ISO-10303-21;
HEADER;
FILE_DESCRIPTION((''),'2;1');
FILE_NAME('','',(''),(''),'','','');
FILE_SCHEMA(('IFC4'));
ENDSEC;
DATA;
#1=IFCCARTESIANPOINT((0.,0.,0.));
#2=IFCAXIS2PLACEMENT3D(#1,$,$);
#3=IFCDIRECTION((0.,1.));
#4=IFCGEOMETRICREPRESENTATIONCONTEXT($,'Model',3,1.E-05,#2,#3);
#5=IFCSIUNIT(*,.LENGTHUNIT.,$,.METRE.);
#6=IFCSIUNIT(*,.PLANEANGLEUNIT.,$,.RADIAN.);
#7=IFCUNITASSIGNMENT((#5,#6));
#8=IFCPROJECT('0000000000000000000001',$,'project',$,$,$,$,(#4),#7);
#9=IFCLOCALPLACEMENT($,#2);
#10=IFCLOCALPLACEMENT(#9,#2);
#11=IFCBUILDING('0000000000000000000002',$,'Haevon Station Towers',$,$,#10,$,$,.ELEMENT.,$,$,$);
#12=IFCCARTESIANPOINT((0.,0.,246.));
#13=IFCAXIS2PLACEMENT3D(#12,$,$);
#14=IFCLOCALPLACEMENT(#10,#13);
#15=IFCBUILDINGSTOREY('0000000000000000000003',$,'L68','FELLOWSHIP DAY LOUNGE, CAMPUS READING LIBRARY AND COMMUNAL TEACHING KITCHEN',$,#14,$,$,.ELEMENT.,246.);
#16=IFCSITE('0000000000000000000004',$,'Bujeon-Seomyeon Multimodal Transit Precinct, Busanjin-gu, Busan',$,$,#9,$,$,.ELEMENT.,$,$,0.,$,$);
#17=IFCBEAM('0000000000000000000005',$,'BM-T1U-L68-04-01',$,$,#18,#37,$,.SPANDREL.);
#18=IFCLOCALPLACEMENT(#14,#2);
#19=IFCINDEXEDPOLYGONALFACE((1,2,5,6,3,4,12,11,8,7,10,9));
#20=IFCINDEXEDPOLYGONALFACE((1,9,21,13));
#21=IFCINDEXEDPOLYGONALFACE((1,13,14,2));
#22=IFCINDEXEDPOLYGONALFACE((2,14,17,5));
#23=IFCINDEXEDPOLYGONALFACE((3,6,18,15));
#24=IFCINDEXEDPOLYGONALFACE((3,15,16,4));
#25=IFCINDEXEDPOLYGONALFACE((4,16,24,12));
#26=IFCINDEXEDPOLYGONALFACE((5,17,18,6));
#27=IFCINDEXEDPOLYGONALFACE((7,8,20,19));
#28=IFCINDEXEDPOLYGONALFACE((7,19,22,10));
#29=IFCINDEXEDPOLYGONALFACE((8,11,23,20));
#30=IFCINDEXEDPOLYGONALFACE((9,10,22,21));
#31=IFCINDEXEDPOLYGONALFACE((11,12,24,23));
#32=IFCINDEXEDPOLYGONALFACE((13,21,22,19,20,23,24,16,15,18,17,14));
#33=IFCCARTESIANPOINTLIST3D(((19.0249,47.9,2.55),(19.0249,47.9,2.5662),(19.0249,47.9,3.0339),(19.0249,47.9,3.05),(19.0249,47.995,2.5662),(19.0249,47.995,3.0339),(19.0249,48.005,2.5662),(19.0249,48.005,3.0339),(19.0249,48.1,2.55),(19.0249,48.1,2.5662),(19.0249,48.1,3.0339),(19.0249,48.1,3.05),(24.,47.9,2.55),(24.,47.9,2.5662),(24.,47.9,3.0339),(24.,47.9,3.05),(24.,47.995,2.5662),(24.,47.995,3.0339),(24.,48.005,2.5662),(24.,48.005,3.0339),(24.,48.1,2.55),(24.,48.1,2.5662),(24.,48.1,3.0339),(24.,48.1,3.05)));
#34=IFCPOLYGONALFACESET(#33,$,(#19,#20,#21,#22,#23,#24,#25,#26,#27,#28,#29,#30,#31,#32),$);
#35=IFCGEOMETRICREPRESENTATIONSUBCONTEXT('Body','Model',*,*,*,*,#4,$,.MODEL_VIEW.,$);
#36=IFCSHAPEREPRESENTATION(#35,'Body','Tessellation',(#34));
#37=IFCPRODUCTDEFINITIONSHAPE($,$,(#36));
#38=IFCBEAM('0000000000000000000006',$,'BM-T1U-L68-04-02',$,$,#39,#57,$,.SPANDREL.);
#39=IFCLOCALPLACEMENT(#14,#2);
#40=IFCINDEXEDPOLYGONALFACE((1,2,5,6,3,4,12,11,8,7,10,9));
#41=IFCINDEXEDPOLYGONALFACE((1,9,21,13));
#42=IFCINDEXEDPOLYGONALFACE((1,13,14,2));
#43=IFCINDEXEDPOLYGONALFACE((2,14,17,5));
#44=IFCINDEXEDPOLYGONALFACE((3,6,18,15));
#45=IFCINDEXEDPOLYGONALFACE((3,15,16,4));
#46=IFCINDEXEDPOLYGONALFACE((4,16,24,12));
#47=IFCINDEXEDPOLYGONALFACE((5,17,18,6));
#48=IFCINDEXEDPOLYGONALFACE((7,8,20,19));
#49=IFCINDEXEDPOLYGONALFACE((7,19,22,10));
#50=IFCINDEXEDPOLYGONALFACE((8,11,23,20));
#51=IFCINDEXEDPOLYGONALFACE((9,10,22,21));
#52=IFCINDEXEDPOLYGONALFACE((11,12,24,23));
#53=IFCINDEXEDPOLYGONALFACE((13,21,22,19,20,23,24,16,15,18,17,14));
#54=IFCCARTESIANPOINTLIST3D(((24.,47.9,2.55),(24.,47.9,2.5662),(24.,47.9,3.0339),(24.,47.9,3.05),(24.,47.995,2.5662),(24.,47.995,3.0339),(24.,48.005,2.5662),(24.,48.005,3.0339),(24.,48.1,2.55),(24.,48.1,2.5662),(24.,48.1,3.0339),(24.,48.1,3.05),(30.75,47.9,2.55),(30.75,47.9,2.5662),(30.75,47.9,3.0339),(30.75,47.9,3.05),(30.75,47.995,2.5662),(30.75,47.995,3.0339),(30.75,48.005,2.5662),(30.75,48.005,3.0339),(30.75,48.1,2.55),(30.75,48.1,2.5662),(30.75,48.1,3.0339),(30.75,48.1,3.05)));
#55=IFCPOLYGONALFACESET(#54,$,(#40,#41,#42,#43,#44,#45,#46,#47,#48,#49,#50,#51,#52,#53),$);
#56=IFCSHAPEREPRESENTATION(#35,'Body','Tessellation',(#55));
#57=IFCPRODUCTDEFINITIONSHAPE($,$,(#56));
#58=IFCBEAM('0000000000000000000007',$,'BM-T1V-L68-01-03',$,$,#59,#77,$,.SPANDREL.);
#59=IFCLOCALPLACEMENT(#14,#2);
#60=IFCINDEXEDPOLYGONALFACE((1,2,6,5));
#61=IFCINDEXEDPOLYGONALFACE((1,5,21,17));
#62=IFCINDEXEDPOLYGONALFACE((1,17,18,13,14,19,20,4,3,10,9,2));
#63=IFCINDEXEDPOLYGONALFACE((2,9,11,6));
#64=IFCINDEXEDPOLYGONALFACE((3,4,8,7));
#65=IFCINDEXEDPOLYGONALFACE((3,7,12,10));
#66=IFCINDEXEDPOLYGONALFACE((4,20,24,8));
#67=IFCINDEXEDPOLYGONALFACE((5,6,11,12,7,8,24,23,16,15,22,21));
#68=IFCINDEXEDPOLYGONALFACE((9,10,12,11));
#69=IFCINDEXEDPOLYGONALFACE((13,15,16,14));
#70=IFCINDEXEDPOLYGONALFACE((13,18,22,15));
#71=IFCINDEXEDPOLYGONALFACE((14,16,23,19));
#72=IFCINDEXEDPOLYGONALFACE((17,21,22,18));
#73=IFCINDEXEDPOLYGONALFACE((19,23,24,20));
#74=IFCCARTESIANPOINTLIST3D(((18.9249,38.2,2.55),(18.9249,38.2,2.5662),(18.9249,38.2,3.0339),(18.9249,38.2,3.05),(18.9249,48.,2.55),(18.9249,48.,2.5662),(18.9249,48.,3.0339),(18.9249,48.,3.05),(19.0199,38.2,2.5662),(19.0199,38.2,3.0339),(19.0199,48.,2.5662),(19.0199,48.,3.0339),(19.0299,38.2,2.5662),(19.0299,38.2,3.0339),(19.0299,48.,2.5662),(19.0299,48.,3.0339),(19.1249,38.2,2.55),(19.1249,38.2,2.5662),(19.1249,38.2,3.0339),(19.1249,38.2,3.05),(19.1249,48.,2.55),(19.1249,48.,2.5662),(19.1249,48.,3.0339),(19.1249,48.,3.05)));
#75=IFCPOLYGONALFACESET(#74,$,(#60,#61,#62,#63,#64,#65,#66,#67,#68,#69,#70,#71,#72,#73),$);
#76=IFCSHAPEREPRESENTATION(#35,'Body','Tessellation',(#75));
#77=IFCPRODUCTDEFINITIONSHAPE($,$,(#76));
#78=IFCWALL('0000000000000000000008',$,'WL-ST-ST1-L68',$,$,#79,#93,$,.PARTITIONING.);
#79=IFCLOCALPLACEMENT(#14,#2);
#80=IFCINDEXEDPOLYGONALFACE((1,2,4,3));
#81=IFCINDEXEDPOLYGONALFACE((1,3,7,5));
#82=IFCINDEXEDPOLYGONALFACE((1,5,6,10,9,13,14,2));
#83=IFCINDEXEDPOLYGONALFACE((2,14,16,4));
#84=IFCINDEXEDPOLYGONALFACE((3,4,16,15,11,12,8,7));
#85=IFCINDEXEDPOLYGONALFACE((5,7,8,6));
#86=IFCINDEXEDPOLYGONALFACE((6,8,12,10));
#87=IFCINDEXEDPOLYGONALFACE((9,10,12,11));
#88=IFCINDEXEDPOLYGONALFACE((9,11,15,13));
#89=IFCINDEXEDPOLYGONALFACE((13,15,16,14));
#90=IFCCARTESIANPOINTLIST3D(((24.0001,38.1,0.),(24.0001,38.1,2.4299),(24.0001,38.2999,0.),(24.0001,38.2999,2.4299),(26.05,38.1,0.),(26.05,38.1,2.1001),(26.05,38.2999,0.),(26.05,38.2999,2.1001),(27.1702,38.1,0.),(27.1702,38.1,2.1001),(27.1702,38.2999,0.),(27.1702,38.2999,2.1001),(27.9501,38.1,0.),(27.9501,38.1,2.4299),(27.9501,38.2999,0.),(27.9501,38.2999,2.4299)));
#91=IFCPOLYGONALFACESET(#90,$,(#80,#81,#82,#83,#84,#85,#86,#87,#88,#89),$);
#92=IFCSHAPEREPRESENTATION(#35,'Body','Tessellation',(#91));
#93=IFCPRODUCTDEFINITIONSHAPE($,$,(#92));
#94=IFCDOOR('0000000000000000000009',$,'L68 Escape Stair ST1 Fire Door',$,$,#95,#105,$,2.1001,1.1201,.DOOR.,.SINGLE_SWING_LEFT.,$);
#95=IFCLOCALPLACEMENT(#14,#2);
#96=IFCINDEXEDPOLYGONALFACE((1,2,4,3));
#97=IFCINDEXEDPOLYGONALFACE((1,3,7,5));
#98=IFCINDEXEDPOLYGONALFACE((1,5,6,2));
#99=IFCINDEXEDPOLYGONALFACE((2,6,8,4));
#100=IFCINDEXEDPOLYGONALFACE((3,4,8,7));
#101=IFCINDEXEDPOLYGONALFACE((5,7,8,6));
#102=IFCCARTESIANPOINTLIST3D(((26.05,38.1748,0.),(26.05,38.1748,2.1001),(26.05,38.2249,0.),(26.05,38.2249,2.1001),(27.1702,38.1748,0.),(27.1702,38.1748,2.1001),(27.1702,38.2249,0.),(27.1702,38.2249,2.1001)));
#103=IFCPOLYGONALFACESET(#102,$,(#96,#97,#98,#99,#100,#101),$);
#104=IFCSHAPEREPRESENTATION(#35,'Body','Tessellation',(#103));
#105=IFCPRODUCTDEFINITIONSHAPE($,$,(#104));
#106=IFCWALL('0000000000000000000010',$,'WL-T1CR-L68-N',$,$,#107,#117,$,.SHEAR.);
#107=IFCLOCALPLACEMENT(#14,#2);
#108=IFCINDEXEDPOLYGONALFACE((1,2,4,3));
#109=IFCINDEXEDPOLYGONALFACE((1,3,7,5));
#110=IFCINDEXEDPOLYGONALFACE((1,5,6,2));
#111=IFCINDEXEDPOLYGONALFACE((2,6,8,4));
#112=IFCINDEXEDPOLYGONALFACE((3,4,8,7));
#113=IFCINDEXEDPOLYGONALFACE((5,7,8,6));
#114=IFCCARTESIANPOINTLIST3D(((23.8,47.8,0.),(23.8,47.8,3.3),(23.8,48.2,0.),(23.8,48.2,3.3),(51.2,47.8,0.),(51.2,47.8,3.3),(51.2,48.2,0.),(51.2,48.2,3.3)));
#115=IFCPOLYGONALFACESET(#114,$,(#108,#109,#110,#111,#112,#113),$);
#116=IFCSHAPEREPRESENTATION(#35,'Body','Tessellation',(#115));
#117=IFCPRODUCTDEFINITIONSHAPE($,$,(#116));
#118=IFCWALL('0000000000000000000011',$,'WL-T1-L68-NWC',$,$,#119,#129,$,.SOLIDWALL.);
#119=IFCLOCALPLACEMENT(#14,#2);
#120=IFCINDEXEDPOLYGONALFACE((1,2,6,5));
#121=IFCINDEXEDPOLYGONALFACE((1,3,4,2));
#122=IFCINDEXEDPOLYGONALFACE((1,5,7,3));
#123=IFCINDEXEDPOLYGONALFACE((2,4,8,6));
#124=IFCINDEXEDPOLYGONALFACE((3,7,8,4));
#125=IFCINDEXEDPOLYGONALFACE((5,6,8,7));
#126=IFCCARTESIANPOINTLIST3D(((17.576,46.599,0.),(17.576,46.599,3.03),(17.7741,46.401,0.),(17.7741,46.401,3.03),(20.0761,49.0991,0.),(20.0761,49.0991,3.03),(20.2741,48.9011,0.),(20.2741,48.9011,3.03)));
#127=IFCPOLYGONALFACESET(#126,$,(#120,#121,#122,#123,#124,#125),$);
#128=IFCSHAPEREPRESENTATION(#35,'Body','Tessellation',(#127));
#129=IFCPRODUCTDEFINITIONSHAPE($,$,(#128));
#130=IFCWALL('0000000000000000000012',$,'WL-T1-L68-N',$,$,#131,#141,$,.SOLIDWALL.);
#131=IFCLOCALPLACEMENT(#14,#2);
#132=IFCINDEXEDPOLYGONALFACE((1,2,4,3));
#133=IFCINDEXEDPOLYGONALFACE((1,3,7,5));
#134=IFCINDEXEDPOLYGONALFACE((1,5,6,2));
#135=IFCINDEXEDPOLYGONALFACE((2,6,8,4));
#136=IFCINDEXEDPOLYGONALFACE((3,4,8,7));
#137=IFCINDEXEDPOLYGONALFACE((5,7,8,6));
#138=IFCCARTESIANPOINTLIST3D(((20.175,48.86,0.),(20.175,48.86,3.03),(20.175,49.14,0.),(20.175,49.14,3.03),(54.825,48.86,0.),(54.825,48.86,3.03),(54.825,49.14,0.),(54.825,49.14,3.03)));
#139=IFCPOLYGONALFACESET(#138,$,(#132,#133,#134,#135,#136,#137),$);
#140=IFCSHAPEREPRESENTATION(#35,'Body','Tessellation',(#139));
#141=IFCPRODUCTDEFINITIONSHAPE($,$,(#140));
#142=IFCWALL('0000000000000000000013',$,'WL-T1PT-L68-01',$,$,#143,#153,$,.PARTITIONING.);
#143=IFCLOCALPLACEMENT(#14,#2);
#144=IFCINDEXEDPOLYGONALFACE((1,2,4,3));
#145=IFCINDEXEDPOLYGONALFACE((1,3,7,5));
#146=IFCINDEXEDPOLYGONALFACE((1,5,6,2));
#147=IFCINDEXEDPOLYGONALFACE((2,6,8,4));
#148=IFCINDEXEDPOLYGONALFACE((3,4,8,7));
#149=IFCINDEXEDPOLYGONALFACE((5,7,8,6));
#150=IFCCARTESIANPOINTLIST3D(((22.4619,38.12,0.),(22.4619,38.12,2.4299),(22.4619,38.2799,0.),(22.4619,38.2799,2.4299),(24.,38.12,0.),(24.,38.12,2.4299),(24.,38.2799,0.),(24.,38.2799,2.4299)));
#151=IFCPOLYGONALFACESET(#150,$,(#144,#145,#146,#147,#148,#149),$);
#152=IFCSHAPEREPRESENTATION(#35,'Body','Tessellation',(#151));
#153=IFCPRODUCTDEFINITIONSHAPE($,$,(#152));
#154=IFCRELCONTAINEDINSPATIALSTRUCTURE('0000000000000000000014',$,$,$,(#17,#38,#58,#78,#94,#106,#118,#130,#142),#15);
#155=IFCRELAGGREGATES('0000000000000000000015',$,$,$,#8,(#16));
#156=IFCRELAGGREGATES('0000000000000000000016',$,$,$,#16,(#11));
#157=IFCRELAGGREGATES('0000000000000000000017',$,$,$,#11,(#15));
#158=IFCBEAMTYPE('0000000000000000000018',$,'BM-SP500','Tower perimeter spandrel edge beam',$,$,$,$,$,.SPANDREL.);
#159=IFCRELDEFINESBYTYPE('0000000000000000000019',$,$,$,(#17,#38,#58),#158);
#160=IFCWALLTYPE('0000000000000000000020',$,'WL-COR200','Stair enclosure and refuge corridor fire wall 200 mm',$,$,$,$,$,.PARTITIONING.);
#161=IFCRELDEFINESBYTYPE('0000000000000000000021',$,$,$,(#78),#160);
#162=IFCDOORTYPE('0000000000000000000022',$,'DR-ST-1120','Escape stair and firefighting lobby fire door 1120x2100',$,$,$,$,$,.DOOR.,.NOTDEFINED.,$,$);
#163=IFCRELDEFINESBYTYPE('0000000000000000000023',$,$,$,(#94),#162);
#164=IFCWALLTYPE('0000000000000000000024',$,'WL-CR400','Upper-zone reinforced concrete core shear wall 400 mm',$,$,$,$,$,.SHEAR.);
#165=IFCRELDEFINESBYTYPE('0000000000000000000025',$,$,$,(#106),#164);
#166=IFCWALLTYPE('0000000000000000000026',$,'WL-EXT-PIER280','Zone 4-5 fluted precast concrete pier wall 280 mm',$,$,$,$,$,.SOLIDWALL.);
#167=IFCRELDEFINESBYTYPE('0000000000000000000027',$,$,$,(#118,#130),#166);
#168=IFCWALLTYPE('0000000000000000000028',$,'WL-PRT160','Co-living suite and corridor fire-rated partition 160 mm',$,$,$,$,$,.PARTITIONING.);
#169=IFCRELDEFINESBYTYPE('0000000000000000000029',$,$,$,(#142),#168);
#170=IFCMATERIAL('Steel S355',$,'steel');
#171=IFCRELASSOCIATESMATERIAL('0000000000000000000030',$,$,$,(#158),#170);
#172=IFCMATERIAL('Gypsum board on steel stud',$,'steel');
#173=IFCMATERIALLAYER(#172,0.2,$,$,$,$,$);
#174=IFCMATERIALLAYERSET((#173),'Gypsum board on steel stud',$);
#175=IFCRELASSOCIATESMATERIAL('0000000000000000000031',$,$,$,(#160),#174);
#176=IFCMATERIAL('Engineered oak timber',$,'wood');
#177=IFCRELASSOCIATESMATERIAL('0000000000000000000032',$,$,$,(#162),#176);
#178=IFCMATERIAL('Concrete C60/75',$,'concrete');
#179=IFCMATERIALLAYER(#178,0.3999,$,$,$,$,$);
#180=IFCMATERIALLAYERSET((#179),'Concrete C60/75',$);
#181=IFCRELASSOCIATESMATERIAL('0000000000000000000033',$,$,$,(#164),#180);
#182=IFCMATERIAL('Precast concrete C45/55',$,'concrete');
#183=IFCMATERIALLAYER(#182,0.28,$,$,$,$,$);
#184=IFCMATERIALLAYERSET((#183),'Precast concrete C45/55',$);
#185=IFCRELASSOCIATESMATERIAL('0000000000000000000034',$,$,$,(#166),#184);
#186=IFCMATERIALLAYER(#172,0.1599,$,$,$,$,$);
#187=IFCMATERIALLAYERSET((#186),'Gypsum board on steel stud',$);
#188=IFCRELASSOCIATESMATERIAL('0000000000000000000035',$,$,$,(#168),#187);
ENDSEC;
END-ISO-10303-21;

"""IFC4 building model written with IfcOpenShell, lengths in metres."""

from ifc_helpers import new_model, si_unit, direction, frame, frame_2d, origin, origin_2d, place, context, subcontext, project, spatial, rectangle, i_section, extrude, material, layer, layer_set, material_profile, profile_set, type_object, element, fill, save


model = new_model("IFC4")

# Units and contexts
model_context = context("Model", 3, precision=1e-05, world=origin(), true_north=direction((0.0, 1.0)))
body_context = subcontext(model_context, "Body", "Model", "MODEL_VIEW")
ifc_project = project(units=[si_unit("LENGTHUNIT", "METRE"), si_unit("PLANEANGLEUNIT", "RADIAN")], contexts=[model_context])

# Site, building, storey
site_placement = place(None, origin())
site = spatial("IfcSite", under=ifc_project, at=site_placement, Name="Bujeon-Seomyeon Multimodal Transit Precinct, Busanjin-gu, Busan", CompositionType="ELEMENT", RefElevation=0.0)
building_placement = place(site_placement, origin())
building = spatial("IfcBuilding", under=site, at=building_placement, Name="Haevon Station Towers", CompositionType="ELEMENT")
storey_placement = place(building_placement, frame((0.0, 0.0, 246.0)))
storey = spatial("IfcBuildingStorey", under=building, at=storey_placement, Name="L68", Description="FELLOWSHIP DAY LOUNGE, CAMPUS READING LIBRARY AND COMMUNAL TEACHING KITCHEN", CompositionType="ELEMENT", Elevation=246.0)

# Shared definitions
ifc_material_1 = material(Name="Steel S355", Category="steel")

# Beams
ifc_material_profile_1 = material_profile(ifc_material_1, i_section(OverallWidth=0.2, OverallDepth=0.5, WebThickness=0.01, FlangeThickness=0.0161, at=origin_2d()), Name="H-500x200x10x16")
ifc_profile_set_1 = profile_set([ifc_material_profile_1], Name="Steel S355")
beam_type_1 = type_object("IfcBeamType", Name="BM-SP500", Description="Tower perimeter spandrel edge beam", PredefinedType="SPANDREL", material=ifc_profile_set_1)
beam_1_placement = place(storey_placement, frame((19.0249, 48.0, 2.8), z_axis=(1.0, 0.0, 0.0), x_axis=(0.0, 1.0, 0.0)))
element("IfcBeam", 1, at=beam_1_placement, inside=storey, type_object=beam_type_1, Name="BM-T1U-L68-04-01", PredefinedType="SPANDREL", context=body_context, shape_type="SweptSolid", body=[
    extrude(i_section(OverallWidth=0.2, OverallDepth=0.5, WebThickness=0.01, FlangeThickness=0.0161, at=origin_2d()), origin(), (0.0, 0.0, 1.0), 4.9751),
])
beam_2_placement = place(storey_placement, frame((24.0, 48.0, 2.8), z_axis=(1.0, 0.0, 0.0), x_axis=(0.0, 1.0, 0.0)))
element("IfcBeam", 2, at=beam_2_placement, inside=storey, type_object=beam_type_1, Name="BM-T1U-L68-04-02", PredefinedType="SPANDREL", context=body_context, shape_type="SweptSolid", body=[
    extrude(i_section(OverallWidth=0.2, OverallDepth=0.5, WebThickness=0.01, FlangeThickness=0.0161, at=origin_2d()), origin(), (0.0, 0.0, 1.0), 6.75),
])
beam_3_placement = place(storey_placement, frame((19.0249, 38.2, 2.8), z_axis=(0.0, 1.0, 0.0), x_axis=(-1.0, 0.0, 0.0)))
element("IfcBeam", 3, at=beam_3_placement, inside=storey, type_object=beam_type_1, Name="BM-T1V-L68-01-03", PredefinedType="SPANDREL", context=body_context, shape_type="SweptSolid", body=[
    extrude(i_section(OverallWidth=0.2, OverallDepth=0.5, WebThickness=0.01, FlangeThickness=0.0161, at=origin_2d()), origin(), (0.0, 0.0, 1.0), 9.8),
])

# Wall, opening, door
ifc_material_2 = material(Name="Gypsum board on steel stud", Category="steel")
ifc_layer_1 = layer(ifc_material_2, 0.2)
ifc_layer_set_1 = layer_set([ifc_layer_1], Name="Gypsum board on steel stud")
wall_type_1 = type_object("IfcWallType", Name="WL-COR200", Description="Stair enclosure and refuge corridor fire wall 200 mm", PredefinedType="PARTITIONING", material=ifc_layer_set_1)
wall_1_placement = place(storey_placement, frame((24.0, 38.2, 0.0), z_axis=(0.0, 0.0, 1.0), x_axis=(1.0, 0.0, 0.0)))
wall_1 = element("IfcWall", 4, at=wall_1_placement, inside=storey, type_object=wall_type_1, Name="WL-ST-ST1-L68", PredefinedType="PARTITIONING", context=body_context, shape_type="SweptSolid", body=[
    extrude(rectangle(XDim=3.95, YDim=0.2, at=frame_2d((1.9751, 0.0))), origin(), (0.0, 0.0, 1.0), 2.4299),
])
opening_placement = place(wall_1_placement, frame((2.05, 0.0, 0.0)))
opening = element("IfcOpeningElement", 5, at=opening_placement, cuts=wall_1, PredefinedType="OPENING", context=body_context, shape_type="SweptSolid", body=[
    extrude(rectangle(XDim=1.1201, YDim=2.1001, at=frame_2d((0.5601, 1.05))), frame((0.0, 0.1099, 0.0), z_axis=(0.0, -1.0, 0.0), x_axis=(1.0, 0.0, 0.0)), (0.0, 0.0, 1.0), 0.22),
])
ifc_material_3 = material(Name="Engineered oak timber", Category="wood")
door_type = type_object("IfcDoorType", Name="DR-ST-1120", Description="Escape stair and firefighting lobby fire door 1120x2100", OperationType="NOTDEFINED", PredefinedType="DOOR", material=ifc_material_3)
door_placement = place(opening_placement, origin())
door = element("IfcDoor", 6, at=door_placement, inside=storey, type_object=door_type, Name="L68 Escape Stair ST1 Fire Door", OperationType="SINGLE_SWING_LEFT", OverallHeight=2.1001, OverallWidth=1.1201, PredefinedType="DOOR", context=body_context, shape_type="SweptSolid", body=[
    extrude(rectangle(XDim=1.1201, YDim=2.1001, at=frame_2d((0.5601, 1.05))), frame((0.0, 0.0249, 0.0), z_axis=(0.0, -1.0, 0.0), x_axis=(1.0, 0.0, 0.0)), (0.0, 0.0, 1.0), 0.05),
])
fill(opening, door)

# Walls
ifc_material_4 = material(Name="Concrete C60/75", Category="concrete")
ifc_layer_2 = layer(ifc_material_4, 0.3999)
ifc_layer_set_2 = layer_set([ifc_layer_2], Name="Concrete C60/75")
wall_type_2 = type_object("IfcWallType", Name="WL-CR400", Description="Upper-zone reinforced concrete core shear wall 400 mm", PredefinedType="SHEAR", material=ifc_layer_set_2)
wall_2_placement = place(storey_placement, frame((23.8, 48.0, 0.0), z_axis=(0.0, 0.0, 1.0), x_axis=(1.0, 0.0, 0.0)))
element("IfcWall", 7, at=wall_2_placement, inside=storey, type_object=wall_type_2, Name="WL-T1CR-L68-N", PredefinedType="SHEAR", context=body_context, shape_type="SweptSolid", body=[
    extrude(rectangle(XDim=27.3999, YDim=0.3999, at=frame_2d((13.7, 0.0))), origin(), (0.0, 0.0, 1.0), 3.3),
])
ifc_material_5 = material(Name="Precast concrete C45/55", Category="concrete")
ifc_layer_3 = layer(ifc_material_5, 0.28)
ifc_layer_set_3 = layer_set([ifc_layer_3], Name="Precast concrete C45/55")
wall_type_3 = type_object("IfcWallType", Name="WL-EXT-PIER280", Description="Zone 4-5 fluted precast concrete pier wall 280 mm", PredefinedType="SOLIDWALL", material=ifc_layer_set_3)
wall_3_placement = place(storey_placement, frame((17.675, 46.5, 0.0), z_axis=(0.0, 0.0, 1.0), x_axis=(0.707107, 0.707107, 0.0)))
element("IfcWall", 8, at=wall_3_placement, inside=storey, type_object=wall_type_3, Name="WL-T1-L68-NWC", PredefinedType="SOLIDWALL", context=body_context, shape_type="SweptSolid", body=[
    extrude(rectangle(XDim=3.5356, YDim=0.28, at=frame_2d((1.7678, 0.0))), origin(), (0.0, 0.0, 1.0), 3.03),
])
wall_4_placement = place(storey_placement, frame((20.175, 49.0, 0.0), z_axis=(0.0, 0.0, 1.0), x_axis=(1.0, 0.0, 0.0)))
element("IfcWall", 9, at=wall_4_placement, inside=storey, type_object=wall_type_3, Name="WL-T1-L68-N", PredefinedType="SOLIDWALL", context=body_context, shape_type="SweptSolid", body=[
    extrude(rectangle(XDim=34.6499, YDim=0.28, at=frame_2d((17.325, 0.0))), origin(), (0.0, 0.0, 1.0), 3.03),
])
ifc_layer_4 = layer(ifc_material_2, 0.1599)
ifc_layer_set_4 = layer_set([ifc_layer_4], Name="Gypsum board on steel stud")
wall_type_4 = type_object("IfcWallType", Name="WL-PRT160", Description="Co-living suite and corridor fire-rated partition 160 mm", PredefinedType="PARTITIONING", material=ifc_layer_set_4)
wall_5_placement = place(storey_placement, frame((22.4619, 38.2, 0.0), z_axis=(0.0, 0.0, 1.0), x_axis=(1.0, 0.0, 0.0)))
element("IfcWall", 10, at=wall_5_placement, inside=storey, type_object=wall_type_4, Name="WL-T1PT-L68-01", PredefinedType="PARTITIONING", context=body_context, shape_type="SweptSolid", body=[
    extrude(rectangle(XDim=1.5381, YDim=0.1599, at=frame_2d((0.769, 0.0))), origin(), (0.0, 0.0, 1.0), 2.4299),
])

save(model, "model.ifc")
